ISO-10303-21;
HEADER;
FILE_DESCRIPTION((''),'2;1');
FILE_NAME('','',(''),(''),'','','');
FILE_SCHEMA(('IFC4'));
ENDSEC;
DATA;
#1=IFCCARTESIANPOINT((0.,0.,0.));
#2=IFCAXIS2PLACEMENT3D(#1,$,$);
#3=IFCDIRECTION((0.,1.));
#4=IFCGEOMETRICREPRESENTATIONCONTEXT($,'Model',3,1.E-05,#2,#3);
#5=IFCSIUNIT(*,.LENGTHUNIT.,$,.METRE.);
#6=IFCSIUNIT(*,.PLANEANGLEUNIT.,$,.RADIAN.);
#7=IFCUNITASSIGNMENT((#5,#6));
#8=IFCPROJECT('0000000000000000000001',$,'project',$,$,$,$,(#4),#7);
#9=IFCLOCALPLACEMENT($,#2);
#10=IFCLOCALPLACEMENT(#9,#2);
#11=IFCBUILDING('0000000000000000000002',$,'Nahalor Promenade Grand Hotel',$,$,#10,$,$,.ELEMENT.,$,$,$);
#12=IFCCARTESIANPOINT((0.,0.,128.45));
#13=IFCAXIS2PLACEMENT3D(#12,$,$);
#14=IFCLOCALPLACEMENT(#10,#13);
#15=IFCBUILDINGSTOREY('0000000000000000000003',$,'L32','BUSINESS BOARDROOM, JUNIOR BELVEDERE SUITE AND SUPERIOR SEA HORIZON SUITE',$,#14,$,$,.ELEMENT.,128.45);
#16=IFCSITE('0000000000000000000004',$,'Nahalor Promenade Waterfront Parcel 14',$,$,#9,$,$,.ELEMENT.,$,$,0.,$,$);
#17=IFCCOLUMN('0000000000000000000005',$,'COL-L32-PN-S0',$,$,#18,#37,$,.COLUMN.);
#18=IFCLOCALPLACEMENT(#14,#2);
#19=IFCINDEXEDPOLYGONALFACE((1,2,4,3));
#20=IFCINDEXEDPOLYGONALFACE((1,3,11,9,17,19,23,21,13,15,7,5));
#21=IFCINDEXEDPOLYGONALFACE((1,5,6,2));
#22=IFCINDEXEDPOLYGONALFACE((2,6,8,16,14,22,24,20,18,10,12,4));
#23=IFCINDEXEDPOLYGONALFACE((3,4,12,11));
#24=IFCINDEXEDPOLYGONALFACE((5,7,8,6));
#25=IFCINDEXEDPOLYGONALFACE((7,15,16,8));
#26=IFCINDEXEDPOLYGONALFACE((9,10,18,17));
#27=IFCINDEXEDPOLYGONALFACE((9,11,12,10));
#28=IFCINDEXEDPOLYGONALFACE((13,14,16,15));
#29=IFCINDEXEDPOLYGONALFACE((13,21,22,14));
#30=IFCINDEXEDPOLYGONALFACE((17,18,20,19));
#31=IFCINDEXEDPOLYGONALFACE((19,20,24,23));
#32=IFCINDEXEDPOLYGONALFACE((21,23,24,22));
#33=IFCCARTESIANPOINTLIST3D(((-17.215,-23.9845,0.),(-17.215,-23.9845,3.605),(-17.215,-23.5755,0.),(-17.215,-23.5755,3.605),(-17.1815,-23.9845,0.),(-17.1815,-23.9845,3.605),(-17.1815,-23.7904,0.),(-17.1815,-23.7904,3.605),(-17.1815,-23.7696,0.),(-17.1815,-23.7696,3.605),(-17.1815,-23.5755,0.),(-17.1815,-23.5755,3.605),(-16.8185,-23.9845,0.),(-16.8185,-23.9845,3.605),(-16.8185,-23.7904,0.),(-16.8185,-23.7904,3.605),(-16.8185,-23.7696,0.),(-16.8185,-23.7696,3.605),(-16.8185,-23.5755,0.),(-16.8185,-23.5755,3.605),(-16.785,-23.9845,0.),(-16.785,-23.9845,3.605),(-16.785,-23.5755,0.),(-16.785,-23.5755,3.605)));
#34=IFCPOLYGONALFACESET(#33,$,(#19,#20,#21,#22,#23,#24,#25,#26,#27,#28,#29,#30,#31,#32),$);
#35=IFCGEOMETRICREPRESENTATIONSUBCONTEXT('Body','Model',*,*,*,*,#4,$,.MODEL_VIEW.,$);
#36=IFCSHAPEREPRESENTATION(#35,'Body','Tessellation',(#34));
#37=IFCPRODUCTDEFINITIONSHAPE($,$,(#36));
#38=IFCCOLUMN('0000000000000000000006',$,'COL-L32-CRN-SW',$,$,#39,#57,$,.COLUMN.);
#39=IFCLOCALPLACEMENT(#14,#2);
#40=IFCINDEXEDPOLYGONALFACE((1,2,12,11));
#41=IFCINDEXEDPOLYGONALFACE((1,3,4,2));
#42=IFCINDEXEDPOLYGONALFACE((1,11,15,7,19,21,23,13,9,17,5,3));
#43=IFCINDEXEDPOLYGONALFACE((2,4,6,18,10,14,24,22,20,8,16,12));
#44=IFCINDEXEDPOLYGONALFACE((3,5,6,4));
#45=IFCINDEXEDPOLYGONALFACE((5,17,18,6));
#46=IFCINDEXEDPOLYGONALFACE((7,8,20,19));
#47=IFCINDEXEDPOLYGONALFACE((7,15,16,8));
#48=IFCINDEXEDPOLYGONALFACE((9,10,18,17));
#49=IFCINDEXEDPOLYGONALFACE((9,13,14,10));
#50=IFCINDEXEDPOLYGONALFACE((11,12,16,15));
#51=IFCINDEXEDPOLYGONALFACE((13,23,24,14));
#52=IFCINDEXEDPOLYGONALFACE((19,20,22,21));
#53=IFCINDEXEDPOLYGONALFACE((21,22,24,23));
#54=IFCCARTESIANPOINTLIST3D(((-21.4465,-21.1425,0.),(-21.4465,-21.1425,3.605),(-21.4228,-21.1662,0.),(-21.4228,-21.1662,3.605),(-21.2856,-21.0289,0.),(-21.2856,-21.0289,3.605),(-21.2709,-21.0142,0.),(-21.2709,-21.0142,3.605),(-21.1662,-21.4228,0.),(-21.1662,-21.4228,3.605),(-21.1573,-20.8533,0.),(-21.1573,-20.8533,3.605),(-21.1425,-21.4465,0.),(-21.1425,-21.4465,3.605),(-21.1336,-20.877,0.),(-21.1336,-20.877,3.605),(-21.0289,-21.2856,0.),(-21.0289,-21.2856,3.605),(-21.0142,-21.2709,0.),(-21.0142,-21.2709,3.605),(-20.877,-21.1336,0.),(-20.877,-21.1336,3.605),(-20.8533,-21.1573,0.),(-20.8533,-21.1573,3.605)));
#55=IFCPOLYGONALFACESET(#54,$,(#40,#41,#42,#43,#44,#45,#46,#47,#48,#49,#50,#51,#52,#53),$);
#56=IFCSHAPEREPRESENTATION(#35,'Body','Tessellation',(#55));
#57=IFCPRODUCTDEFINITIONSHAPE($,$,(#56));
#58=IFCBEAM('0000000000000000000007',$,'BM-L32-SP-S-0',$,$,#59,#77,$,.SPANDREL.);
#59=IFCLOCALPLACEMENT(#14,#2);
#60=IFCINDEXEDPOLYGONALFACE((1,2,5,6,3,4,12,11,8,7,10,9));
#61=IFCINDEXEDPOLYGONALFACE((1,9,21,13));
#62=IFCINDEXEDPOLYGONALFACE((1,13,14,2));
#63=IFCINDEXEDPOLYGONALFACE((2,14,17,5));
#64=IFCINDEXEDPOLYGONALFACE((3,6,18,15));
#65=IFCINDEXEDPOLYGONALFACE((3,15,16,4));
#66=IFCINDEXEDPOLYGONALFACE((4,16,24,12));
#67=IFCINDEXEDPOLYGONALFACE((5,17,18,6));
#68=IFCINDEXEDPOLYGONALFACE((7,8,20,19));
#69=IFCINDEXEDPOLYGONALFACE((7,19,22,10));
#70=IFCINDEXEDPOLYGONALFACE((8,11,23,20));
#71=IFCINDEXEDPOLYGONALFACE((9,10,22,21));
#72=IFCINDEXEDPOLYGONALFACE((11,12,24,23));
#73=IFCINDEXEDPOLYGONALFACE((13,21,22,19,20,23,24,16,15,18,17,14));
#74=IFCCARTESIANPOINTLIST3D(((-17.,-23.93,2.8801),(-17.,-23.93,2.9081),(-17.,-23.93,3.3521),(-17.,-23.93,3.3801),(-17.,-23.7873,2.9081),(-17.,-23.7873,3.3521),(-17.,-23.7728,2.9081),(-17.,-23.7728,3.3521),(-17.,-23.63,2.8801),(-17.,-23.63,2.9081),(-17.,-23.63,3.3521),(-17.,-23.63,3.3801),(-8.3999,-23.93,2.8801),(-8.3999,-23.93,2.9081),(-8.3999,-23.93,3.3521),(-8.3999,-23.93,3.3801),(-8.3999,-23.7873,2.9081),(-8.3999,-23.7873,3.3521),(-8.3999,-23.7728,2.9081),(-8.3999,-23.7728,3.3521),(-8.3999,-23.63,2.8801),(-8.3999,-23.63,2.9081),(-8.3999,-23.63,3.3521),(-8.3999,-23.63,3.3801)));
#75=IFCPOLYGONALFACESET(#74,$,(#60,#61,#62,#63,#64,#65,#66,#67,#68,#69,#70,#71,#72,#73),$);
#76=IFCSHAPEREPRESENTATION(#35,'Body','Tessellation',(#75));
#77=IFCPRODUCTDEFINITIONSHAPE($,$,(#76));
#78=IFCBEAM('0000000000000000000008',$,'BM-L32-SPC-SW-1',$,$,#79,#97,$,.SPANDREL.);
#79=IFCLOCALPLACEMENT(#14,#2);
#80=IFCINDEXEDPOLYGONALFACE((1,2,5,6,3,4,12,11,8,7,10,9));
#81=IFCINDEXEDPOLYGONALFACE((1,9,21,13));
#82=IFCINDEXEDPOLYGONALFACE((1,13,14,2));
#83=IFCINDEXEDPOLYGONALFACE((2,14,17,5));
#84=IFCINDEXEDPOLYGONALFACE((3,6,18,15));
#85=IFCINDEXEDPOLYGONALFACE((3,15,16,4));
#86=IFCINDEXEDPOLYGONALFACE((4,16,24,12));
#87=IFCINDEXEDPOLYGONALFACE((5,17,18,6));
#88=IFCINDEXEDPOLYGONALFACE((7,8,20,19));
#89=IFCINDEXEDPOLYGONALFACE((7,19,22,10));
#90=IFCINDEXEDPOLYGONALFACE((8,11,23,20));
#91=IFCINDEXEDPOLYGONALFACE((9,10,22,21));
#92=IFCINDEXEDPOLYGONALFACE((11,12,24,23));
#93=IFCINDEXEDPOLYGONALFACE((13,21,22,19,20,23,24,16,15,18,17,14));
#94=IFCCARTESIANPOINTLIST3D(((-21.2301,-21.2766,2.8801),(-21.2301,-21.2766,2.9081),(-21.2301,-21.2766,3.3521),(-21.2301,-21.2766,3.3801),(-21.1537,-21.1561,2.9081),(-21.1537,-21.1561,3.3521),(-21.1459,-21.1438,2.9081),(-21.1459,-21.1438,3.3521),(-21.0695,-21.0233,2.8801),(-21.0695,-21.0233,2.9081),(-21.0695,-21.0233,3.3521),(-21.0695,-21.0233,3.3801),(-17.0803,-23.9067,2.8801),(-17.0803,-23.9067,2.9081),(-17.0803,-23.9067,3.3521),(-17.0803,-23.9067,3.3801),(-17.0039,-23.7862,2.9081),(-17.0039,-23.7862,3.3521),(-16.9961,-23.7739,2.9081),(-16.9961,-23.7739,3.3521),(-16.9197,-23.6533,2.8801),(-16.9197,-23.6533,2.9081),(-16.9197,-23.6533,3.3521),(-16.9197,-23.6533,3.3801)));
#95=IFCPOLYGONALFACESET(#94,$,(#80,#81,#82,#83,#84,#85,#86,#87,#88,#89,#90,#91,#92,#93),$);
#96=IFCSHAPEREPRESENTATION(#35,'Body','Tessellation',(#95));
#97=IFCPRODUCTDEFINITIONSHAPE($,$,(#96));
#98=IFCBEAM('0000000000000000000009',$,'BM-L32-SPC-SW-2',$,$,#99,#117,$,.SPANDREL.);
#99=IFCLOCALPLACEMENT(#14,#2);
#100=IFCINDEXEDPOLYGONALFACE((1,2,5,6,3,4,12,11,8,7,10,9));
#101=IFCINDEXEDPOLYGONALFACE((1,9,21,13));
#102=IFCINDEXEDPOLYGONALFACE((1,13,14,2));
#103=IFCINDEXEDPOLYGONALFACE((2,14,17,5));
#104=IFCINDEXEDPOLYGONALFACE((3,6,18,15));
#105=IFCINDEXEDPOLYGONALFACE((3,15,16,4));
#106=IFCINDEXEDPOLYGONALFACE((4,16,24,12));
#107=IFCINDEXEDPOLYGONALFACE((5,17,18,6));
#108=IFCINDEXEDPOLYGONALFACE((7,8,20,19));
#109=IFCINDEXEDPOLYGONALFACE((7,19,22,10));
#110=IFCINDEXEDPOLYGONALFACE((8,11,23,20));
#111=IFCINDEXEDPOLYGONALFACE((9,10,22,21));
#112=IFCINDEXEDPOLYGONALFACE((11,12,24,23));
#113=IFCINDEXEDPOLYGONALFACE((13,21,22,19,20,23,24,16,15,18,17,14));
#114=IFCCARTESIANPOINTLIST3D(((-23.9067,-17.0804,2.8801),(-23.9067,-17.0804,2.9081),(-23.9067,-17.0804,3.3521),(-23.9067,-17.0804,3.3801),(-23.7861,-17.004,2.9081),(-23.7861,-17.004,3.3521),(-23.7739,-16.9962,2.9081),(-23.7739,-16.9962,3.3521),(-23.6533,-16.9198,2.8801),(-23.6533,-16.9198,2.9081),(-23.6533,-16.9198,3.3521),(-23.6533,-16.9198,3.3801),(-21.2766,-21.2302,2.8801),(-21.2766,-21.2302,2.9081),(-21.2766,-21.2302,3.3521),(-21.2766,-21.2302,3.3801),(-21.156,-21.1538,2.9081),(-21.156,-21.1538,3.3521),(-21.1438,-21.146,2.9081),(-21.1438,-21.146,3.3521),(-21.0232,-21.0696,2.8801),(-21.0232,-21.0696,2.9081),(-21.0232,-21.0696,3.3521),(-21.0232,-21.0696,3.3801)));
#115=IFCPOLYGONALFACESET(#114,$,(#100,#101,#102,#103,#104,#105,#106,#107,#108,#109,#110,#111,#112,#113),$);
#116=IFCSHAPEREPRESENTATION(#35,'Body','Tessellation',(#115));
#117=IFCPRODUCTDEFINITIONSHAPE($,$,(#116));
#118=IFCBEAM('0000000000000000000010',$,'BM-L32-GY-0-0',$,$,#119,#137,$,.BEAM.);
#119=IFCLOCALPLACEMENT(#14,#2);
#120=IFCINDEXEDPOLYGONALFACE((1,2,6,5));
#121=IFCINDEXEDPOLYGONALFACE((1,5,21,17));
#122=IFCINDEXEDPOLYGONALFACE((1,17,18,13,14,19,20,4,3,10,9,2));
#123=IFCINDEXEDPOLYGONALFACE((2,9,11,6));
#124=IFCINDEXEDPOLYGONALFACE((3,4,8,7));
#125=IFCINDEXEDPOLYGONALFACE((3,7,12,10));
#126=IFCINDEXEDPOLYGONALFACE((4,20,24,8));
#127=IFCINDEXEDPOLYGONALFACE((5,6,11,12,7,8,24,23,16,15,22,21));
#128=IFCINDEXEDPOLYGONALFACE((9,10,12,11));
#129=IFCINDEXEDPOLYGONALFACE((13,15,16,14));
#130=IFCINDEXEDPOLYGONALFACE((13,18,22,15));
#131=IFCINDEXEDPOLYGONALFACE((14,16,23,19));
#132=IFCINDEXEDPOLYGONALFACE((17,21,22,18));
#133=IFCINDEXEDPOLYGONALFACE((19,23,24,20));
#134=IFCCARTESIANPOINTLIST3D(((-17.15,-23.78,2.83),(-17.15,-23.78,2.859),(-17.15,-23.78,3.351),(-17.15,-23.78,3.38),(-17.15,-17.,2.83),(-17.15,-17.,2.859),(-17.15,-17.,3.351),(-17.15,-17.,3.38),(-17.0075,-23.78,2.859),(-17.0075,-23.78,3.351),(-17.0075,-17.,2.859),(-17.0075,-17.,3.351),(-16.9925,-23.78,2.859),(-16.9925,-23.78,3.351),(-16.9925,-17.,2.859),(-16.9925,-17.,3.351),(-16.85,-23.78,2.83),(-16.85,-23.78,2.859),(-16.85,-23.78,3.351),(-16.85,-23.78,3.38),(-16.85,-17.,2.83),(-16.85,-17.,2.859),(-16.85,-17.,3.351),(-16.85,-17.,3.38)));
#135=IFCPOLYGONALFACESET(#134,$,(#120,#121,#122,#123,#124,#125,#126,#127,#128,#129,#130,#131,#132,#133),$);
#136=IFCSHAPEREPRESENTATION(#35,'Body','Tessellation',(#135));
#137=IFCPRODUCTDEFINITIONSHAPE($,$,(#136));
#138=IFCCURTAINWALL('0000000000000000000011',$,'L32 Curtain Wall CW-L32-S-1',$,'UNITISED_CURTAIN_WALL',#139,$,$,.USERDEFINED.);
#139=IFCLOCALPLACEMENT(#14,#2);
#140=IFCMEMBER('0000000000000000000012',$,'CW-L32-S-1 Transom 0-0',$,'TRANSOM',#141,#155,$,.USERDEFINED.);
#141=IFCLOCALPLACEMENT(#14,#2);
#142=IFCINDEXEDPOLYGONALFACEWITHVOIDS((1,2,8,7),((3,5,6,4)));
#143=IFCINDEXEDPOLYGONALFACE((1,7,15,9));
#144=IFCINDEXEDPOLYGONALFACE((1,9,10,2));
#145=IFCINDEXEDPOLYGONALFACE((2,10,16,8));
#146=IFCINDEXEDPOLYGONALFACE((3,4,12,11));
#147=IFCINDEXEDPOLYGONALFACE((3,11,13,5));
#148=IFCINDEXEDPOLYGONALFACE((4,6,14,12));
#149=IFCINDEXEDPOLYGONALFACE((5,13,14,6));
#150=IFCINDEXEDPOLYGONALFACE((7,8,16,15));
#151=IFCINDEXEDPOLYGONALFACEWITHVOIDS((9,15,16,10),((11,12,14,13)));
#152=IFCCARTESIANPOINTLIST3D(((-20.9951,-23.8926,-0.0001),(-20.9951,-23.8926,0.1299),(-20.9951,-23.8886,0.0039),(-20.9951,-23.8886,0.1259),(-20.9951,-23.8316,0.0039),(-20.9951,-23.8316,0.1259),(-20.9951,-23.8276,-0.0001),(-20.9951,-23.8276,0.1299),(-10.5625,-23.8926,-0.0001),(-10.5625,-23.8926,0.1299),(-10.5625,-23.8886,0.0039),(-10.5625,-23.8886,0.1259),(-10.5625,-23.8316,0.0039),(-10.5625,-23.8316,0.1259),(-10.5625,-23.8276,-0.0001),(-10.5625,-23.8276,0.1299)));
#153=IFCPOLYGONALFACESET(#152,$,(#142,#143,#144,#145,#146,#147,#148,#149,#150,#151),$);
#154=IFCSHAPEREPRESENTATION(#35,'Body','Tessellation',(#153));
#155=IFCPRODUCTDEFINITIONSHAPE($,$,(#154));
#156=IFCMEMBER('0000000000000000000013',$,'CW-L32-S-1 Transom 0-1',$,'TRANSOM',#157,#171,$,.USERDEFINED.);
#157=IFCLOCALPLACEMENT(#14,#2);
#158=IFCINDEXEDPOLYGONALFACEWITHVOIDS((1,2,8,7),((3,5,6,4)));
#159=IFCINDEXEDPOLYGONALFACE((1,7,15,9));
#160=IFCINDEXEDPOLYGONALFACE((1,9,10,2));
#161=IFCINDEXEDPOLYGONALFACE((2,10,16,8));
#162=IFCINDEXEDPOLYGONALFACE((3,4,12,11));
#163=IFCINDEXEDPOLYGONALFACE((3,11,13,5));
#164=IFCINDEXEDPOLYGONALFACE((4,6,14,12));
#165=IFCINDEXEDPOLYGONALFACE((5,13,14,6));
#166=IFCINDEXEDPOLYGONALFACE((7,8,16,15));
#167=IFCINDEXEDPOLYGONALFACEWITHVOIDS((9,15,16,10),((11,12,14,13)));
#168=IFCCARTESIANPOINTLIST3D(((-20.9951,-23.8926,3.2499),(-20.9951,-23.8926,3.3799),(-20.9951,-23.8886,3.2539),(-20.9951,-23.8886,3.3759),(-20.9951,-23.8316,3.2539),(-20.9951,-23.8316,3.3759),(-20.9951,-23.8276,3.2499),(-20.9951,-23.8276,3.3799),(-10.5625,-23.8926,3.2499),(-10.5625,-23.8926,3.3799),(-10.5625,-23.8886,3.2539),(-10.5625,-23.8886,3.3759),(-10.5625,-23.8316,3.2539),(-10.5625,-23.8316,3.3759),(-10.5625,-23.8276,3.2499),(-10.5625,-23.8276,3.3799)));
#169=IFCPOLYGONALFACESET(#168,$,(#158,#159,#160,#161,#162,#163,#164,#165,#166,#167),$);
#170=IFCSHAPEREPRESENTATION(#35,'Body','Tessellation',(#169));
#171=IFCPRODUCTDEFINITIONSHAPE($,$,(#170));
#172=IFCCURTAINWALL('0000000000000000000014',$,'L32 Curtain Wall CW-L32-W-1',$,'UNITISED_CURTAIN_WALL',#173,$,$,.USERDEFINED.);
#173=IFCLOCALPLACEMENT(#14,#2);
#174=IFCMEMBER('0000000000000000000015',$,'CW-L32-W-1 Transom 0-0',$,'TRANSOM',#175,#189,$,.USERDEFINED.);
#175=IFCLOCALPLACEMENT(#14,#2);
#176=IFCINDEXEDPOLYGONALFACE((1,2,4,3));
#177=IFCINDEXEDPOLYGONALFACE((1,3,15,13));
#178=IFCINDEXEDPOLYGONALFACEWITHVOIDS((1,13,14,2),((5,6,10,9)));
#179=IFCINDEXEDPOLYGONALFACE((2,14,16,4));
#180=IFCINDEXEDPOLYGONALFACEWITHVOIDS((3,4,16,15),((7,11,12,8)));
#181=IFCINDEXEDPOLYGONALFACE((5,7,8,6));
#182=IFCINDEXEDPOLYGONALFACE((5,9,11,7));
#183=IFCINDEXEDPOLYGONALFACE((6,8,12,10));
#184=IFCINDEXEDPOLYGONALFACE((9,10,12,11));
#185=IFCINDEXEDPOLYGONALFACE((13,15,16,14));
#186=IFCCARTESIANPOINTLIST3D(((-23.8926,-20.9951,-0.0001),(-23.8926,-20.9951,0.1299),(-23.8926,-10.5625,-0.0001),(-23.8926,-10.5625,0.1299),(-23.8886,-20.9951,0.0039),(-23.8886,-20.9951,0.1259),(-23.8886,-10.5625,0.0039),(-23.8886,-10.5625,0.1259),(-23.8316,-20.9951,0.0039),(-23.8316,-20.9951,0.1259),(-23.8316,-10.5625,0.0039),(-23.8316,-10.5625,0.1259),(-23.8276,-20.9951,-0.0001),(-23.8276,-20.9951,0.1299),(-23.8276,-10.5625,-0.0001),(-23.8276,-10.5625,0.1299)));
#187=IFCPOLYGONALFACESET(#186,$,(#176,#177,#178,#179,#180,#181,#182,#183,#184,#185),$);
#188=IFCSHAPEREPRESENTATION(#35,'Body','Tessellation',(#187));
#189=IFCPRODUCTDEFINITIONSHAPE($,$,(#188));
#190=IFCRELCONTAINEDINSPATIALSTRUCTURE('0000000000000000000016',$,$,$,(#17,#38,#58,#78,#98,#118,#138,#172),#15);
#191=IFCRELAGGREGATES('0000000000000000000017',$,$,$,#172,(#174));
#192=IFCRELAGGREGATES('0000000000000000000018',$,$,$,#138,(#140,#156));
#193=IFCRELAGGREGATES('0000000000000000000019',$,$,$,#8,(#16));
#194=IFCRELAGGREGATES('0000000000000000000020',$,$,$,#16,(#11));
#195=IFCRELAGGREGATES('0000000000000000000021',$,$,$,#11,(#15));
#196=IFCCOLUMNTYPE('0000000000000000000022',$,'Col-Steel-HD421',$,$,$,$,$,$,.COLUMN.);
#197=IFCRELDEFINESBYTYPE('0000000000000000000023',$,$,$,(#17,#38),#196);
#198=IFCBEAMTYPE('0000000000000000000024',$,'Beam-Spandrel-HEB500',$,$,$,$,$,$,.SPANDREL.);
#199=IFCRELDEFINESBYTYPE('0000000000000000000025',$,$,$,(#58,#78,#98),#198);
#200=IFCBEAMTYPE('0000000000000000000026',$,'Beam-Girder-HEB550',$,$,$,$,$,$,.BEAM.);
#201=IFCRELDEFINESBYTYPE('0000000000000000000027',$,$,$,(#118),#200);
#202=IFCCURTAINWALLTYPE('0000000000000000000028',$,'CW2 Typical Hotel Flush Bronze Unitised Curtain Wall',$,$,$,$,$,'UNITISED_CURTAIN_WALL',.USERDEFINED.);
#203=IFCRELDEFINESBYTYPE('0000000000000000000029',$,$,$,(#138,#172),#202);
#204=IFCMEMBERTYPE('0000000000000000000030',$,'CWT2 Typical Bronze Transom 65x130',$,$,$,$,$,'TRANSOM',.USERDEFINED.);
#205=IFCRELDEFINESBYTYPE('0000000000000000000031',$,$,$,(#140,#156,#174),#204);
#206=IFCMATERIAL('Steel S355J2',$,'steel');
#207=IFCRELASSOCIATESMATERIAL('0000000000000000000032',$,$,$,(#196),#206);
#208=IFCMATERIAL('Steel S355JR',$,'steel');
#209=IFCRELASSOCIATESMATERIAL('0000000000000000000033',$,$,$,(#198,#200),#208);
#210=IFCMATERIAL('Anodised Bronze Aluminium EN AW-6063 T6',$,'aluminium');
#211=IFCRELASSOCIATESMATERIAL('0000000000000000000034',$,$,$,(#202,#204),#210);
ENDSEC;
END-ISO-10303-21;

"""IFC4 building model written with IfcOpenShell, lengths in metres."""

from ifc_helpers import new_model, si_unit, direction, frame, origin, origin_2d, place, context, subcontext, project, spatial, hollow_rectangle, i_section, extrude, source, transform, mapped, material, material_profile, profile_set, type_object, element, aggregate, save


model = new_model("IFC4")

# Units and contexts
model_context = context("Model", 3, precision=1e-05, world=origin(), true_north=direction((0.0, 1.0)))
body_context = subcontext(model_context, "Body", "Model", "MODEL_VIEW")
ifc_project = project(units=[si_unit("LENGTHUNIT", "METRE"), si_unit("PLANEANGLEUNIT", "RADIAN")], contexts=[model_context])

# Site, building, storey
site_placement = place(None, origin())
site = spatial("IfcSite", under=ifc_project, at=site_placement, Name="Nahalor Promenade Waterfront Parcel 14", CompositionType="ELEMENT", RefElevation=0.0)
building_placement = place(site_placement, origin())
building = spatial("IfcBuilding", under=site, at=building_placement, Name="Nahalor Promenade Grand Hotel", CompositionType="ELEMENT")
storey_placement = place(building_placement, frame((0.0, 0.0, 128.45)))
storey = spatial("IfcBuildingStorey", under=building, at=storey_placement, Name="L32", Description="BUSINESS BOARDROOM, JUNIOR BELVEDERE SUITE AND SUPERIOR SEA HORIZON SUITE", CompositionType="ELEMENT", Elevation=128.45)

# Columns
ifc_material_1 = material(Name="Steel S355J2", Category="steel")
ifc_material_profile_1 = material_profile(ifc_material_1, i_section(OverallWidth=0.409, OverallDepth=0.43, WebThickness=0.0208, FlangeThickness=0.0335, at=origin_2d()), Name="HD 400x421")
ifc_profile_set_1 = profile_set([ifc_material_profile_1], Name="Steel S355J2")
column_type = type_object("IfcColumnType", Name="Col-Steel-HD421", PredefinedType="COLUMN", material=ifc_profile_set_1)
shared_shape_1 = source(origin(), body_context, "Body", "SweptSolid", [
    extrude(i_section(OverallWidth=0.409, OverallDepth=0.43, WebThickness=0.0208, FlangeThickness=0.0335, at=origin_2d()), origin(), (0.0, 0.0, 1.0), 3.605),
])
for number, where, z_axis, x_axis, name in (
    (1, (-17.0, -23.78, 0.0), (0.0, 0.0, 1.0), (0.0, 1.0, 0.0), "COL-L32-PN-S0"),
    (2, (-21.1499, -21.1499, 0.0), (0.0, 0.0, 1.0), (0.707107, 0.707107, 0.0), "COL-L32-CRN-SW"),
):
    element("IfcColumn", number, at=place(storey_placement, frame(where, z_axis=z_axis, x_axis=x_axis)), inside=storey, type_object=column_type, Name=name, PredefinedType="COLUMN", context=body_context, shape_type="MappedRepresentation", body=[
        mapped(shared_shape_1, transform((0.0, 0.0, 0.0), scale=1.0)),
    ])

# Beams
ifc_material_2 = material(Name="Steel S355JR", Category="steel")
ifc_material_profile_2 = material_profile(ifc_material_2, i_section(OverallWidth=0.3, OverallDepth=0.5, WebThickness=0.0145, FlangeThickness=0.028, at=origin_2d()), Name="HEB 500")
ifc_profile_set_2 = profile_set([ifc_material_profile_2], Name="Steel S355JR")
beam_type_1 = type_object("IfcBeamType", Name="Beam-Spandrel-HEB500", PredefinedType="SPANDREL", material=ifc_profile_set_2)
shared_shape_2 = source(origin(), body_context, "Body", "SweptSolid", [
    extrude(i_section(OverallWidth=0.3, OverallDepth=0.5, WebThickness=0.0145, FlangeThickness=0.028, at=origin_2d()), origin(), (0.0, 0.0, 1.0), 8.6001),
])
beam_1_placement = place(storey_placement, frame((-17.0, -23.78, 3.1301), z_axis=(1.0, 0.0, 0.0), x_axis=(0.0, 1.0, 0.0)))
element("IfcBeam", 3, at=beam_1_placement, inside=storey, type_object=beam_type_1, Name="BM-L32-SP-S-0", PredefinedType="SPANDREL", context=body_context, shape_type="MappedRepresentation", body=[
    mapped(shared_shape_2, transform((0.0, 0.0, 0.0), scale=1.0)),
])
shared_shape_3 = source(origin(), body_context, "Body", "SweptSolid", [
    extrude(i_section(OverallWidth=0.3, OverallDepth=0.5, WebThickness=0.0145, FlangeThickness=0.028, at=origin_2d()), origin(), (0.0, 0.0, 1.0), 4.9131),
])
for number, where, z_axis, x_axis, name in (
    (4, (-17.0, -23.78, 3.1301), (-0.844648, 0.535322, 0.0), (-0.535322, -0.844648, 0.0), "BM-L32-SPC-SW-1"),
    (5, (-21.1499, -21.1499, 3.1301), (-0.535322, 0.844648, 0.0), (-0.844648, -0.535322, 0.0), "BM-L32-SPC-SW-2"),
):
    element("IfcBeam", number, at=place(storey_placement, frame(where, z_axis=z_axis, x_axis=x_axis)), inside=storey, type_object=beam_type_1, Name=name, PredefinedType="SPANDREL", context=body_context, shape_type="MappedRepresentation", body=[
        mapped(shared_shape_3, transform((0.0, 0.0, 0.0), scale=1.0)),
    ])
ifc_material_profile_3 = material_profile(ifc_material_2, i_section(OverallWidth=0.3, OverallDepth=0.55, WebThickness=0.015, FlangeThickness=0.029, at=origin_2d()), Name="HEB 550")
ifc_profile_set_3 = profile_set([ifc_material_profile_3], Name="Steel S355JR")
beam_type_2 = type_object("IfcBeamType", Name="Beam-Girder-HEB550", PredefinedType="BEAM", material=ifc_profile_set_3)
shared_shape_4 = source(origin(), body_context, "Body", "SweptSolid", [
    extrude(i_section(OverallWidth=0.3, OverallDepth=0.55, WebThickness=0.015, FlangeThickness=0.029, at=origin_2d()), origin(), (0.0, 0.0, 1.0), 6.78),
])
beam_2_placement = place(storey_placement, frame((-17.0, -23.78, 3.105), z_axis=(0.0, 1.0, 0.0), x_axis=(-1.0, 0.0, 0.0)))
element("IfcBeam", 6, at=beam_2_placement, inside=storey, type_object=beam_type_2, Name="BM-L32-GY-0-0", PredefinedType="BEAM", context=body_context, shape_type="MappedRepresentation", body=[
    mapped(shared_shape_4, transform((0.0, 0.0, 0.0), scale=1.0)),
])

# Curtain wall, members
ifc_material_3 = material(Name="Anodised Bronze Aluminium EN AW-6063 T6", Category="aluminium")
curtain_wall_type = type_object("IfcCurtainWallType", Name="CW2 Typical Hotel Flush Bronze Unitised Curtain Wall", ElementType="UNITISED_CURTAIN_WALL", PredefinedType="USERDEFINED", material=ifc_material_3)
curtain_wall_1_placement = place(storey_placement, origin())
curtain_wall_1 = element("IfcCurtainWall", 7, at=curtain_wall_1_placement, inside=storey, type_object=curtain_wall_type, Name="L32 Curtain Wall CW-L32-S-1", ObjectType="UNITISED_CURTAIN_WALL", PredefinedType="USERDEFINED")
ifc_material_profile_4 = material_profile(ifc_material_3, hollow_rectangle(XDim=0.065, YDim=0.13, WallThickness=0.004, at=origin_2d()), Name="CWT 65x130x4")
ifc_profile_set_4 = profile_set([ifc_material_profile_4], Name="Anodised Bronze Aluminium EN AW-6063 T6")
member_type_1 = type_object("IfcMemberType", Name="CWT2 Typical Bronze Transom 65x130", ElementType="TRANSOM", PredefinedType="USERDEFINED", material=ifc_profile_set_4)
shared_shape_5 = source(origin(), body_context, "Body", "SweptSolid", [
    extrude(hollow_rectangle(XDim=0.065, YDim=0.13, WallThickness=0.004, at=origin_2d()), origin(), (0.0, 0.0, 1.0), 10.4326),
])
member_1_placement = place(storey_placement, frame((-20.9951, -23.8601, 0.0649), z_axis=(1.0, 0.0, 0.0), x_axis=(0.0, 1.0, 0.0)))
member_1 = element("IfcMember", 8, at=member_1_placement, type_object=member_type_1, Name="CW-L32-S-1 Transom 0-0", ObjectType="TRANSOM", PredefinedType="USERDEFINED", context=body_context, shape_type="MappedRepresentation", body=[
    mapped(shared_shape_5, transform((0.0, 0.0, 0.0), scale=1.0)),
])
member_2_placement = place(storey_placement, frame((-20.9951, -23.8601, 3.3149), z_axis=(1.0, 0.0, 0.0), x_axis=(0.0, 1.0, 0.0)))
member_2 = element("IfcMember", 9, at=member_2_placement, type_object=member_type_1, Name="CW-L32-S-1 Transom 0-1", ObjectType="TRANSOM", PredefinedType="USERDEFINED", context=body_context, shape_type="MappedRepresentation", body=[
    mapped(shared_shape_5, transform((0.0, 0.0, 0.0), scale=1.0)),
])

# Curtain wall, member
curtain_wall_2_placement = place(storey_placement, origin())
curtain_wall_2 = element("IfcCurtainWall", 10, at=curtain_wall_2_placement, inside=storey, type_object=curtain_wall_type, Name="L32 Curtain Wall CW-L32-W-1", ObjectType="UNITISED_CURTAIN_WALL", PredefinedType="USERDEFINED")
member_3_placement = place(storey_placement, frame((-23.8601, -20.9951, 0.0649), z_axis=(0.0, 1.0, 0.0), x_axis=(-1.0, 0.0, 0.0)))
member_3 = element("IfcMember", 11, at=member_3_placement, type_object=member_type_1, Name="CW-L32-W-1 Transom 0-0", ObjectType="TRANSOM", PredefinedType="USERDEFINED", context=body_context, shape_type="MappedRepresentation", body=[
    mapped(shared_shape_5, transform((0.0, 0.0, 0.0), scale=1.0)),
])

aggregate(curtain_wall_2, [member_3])

aggregate(curtain_wall_1, [member_1, member_2])

save(model, "model.ifc")
